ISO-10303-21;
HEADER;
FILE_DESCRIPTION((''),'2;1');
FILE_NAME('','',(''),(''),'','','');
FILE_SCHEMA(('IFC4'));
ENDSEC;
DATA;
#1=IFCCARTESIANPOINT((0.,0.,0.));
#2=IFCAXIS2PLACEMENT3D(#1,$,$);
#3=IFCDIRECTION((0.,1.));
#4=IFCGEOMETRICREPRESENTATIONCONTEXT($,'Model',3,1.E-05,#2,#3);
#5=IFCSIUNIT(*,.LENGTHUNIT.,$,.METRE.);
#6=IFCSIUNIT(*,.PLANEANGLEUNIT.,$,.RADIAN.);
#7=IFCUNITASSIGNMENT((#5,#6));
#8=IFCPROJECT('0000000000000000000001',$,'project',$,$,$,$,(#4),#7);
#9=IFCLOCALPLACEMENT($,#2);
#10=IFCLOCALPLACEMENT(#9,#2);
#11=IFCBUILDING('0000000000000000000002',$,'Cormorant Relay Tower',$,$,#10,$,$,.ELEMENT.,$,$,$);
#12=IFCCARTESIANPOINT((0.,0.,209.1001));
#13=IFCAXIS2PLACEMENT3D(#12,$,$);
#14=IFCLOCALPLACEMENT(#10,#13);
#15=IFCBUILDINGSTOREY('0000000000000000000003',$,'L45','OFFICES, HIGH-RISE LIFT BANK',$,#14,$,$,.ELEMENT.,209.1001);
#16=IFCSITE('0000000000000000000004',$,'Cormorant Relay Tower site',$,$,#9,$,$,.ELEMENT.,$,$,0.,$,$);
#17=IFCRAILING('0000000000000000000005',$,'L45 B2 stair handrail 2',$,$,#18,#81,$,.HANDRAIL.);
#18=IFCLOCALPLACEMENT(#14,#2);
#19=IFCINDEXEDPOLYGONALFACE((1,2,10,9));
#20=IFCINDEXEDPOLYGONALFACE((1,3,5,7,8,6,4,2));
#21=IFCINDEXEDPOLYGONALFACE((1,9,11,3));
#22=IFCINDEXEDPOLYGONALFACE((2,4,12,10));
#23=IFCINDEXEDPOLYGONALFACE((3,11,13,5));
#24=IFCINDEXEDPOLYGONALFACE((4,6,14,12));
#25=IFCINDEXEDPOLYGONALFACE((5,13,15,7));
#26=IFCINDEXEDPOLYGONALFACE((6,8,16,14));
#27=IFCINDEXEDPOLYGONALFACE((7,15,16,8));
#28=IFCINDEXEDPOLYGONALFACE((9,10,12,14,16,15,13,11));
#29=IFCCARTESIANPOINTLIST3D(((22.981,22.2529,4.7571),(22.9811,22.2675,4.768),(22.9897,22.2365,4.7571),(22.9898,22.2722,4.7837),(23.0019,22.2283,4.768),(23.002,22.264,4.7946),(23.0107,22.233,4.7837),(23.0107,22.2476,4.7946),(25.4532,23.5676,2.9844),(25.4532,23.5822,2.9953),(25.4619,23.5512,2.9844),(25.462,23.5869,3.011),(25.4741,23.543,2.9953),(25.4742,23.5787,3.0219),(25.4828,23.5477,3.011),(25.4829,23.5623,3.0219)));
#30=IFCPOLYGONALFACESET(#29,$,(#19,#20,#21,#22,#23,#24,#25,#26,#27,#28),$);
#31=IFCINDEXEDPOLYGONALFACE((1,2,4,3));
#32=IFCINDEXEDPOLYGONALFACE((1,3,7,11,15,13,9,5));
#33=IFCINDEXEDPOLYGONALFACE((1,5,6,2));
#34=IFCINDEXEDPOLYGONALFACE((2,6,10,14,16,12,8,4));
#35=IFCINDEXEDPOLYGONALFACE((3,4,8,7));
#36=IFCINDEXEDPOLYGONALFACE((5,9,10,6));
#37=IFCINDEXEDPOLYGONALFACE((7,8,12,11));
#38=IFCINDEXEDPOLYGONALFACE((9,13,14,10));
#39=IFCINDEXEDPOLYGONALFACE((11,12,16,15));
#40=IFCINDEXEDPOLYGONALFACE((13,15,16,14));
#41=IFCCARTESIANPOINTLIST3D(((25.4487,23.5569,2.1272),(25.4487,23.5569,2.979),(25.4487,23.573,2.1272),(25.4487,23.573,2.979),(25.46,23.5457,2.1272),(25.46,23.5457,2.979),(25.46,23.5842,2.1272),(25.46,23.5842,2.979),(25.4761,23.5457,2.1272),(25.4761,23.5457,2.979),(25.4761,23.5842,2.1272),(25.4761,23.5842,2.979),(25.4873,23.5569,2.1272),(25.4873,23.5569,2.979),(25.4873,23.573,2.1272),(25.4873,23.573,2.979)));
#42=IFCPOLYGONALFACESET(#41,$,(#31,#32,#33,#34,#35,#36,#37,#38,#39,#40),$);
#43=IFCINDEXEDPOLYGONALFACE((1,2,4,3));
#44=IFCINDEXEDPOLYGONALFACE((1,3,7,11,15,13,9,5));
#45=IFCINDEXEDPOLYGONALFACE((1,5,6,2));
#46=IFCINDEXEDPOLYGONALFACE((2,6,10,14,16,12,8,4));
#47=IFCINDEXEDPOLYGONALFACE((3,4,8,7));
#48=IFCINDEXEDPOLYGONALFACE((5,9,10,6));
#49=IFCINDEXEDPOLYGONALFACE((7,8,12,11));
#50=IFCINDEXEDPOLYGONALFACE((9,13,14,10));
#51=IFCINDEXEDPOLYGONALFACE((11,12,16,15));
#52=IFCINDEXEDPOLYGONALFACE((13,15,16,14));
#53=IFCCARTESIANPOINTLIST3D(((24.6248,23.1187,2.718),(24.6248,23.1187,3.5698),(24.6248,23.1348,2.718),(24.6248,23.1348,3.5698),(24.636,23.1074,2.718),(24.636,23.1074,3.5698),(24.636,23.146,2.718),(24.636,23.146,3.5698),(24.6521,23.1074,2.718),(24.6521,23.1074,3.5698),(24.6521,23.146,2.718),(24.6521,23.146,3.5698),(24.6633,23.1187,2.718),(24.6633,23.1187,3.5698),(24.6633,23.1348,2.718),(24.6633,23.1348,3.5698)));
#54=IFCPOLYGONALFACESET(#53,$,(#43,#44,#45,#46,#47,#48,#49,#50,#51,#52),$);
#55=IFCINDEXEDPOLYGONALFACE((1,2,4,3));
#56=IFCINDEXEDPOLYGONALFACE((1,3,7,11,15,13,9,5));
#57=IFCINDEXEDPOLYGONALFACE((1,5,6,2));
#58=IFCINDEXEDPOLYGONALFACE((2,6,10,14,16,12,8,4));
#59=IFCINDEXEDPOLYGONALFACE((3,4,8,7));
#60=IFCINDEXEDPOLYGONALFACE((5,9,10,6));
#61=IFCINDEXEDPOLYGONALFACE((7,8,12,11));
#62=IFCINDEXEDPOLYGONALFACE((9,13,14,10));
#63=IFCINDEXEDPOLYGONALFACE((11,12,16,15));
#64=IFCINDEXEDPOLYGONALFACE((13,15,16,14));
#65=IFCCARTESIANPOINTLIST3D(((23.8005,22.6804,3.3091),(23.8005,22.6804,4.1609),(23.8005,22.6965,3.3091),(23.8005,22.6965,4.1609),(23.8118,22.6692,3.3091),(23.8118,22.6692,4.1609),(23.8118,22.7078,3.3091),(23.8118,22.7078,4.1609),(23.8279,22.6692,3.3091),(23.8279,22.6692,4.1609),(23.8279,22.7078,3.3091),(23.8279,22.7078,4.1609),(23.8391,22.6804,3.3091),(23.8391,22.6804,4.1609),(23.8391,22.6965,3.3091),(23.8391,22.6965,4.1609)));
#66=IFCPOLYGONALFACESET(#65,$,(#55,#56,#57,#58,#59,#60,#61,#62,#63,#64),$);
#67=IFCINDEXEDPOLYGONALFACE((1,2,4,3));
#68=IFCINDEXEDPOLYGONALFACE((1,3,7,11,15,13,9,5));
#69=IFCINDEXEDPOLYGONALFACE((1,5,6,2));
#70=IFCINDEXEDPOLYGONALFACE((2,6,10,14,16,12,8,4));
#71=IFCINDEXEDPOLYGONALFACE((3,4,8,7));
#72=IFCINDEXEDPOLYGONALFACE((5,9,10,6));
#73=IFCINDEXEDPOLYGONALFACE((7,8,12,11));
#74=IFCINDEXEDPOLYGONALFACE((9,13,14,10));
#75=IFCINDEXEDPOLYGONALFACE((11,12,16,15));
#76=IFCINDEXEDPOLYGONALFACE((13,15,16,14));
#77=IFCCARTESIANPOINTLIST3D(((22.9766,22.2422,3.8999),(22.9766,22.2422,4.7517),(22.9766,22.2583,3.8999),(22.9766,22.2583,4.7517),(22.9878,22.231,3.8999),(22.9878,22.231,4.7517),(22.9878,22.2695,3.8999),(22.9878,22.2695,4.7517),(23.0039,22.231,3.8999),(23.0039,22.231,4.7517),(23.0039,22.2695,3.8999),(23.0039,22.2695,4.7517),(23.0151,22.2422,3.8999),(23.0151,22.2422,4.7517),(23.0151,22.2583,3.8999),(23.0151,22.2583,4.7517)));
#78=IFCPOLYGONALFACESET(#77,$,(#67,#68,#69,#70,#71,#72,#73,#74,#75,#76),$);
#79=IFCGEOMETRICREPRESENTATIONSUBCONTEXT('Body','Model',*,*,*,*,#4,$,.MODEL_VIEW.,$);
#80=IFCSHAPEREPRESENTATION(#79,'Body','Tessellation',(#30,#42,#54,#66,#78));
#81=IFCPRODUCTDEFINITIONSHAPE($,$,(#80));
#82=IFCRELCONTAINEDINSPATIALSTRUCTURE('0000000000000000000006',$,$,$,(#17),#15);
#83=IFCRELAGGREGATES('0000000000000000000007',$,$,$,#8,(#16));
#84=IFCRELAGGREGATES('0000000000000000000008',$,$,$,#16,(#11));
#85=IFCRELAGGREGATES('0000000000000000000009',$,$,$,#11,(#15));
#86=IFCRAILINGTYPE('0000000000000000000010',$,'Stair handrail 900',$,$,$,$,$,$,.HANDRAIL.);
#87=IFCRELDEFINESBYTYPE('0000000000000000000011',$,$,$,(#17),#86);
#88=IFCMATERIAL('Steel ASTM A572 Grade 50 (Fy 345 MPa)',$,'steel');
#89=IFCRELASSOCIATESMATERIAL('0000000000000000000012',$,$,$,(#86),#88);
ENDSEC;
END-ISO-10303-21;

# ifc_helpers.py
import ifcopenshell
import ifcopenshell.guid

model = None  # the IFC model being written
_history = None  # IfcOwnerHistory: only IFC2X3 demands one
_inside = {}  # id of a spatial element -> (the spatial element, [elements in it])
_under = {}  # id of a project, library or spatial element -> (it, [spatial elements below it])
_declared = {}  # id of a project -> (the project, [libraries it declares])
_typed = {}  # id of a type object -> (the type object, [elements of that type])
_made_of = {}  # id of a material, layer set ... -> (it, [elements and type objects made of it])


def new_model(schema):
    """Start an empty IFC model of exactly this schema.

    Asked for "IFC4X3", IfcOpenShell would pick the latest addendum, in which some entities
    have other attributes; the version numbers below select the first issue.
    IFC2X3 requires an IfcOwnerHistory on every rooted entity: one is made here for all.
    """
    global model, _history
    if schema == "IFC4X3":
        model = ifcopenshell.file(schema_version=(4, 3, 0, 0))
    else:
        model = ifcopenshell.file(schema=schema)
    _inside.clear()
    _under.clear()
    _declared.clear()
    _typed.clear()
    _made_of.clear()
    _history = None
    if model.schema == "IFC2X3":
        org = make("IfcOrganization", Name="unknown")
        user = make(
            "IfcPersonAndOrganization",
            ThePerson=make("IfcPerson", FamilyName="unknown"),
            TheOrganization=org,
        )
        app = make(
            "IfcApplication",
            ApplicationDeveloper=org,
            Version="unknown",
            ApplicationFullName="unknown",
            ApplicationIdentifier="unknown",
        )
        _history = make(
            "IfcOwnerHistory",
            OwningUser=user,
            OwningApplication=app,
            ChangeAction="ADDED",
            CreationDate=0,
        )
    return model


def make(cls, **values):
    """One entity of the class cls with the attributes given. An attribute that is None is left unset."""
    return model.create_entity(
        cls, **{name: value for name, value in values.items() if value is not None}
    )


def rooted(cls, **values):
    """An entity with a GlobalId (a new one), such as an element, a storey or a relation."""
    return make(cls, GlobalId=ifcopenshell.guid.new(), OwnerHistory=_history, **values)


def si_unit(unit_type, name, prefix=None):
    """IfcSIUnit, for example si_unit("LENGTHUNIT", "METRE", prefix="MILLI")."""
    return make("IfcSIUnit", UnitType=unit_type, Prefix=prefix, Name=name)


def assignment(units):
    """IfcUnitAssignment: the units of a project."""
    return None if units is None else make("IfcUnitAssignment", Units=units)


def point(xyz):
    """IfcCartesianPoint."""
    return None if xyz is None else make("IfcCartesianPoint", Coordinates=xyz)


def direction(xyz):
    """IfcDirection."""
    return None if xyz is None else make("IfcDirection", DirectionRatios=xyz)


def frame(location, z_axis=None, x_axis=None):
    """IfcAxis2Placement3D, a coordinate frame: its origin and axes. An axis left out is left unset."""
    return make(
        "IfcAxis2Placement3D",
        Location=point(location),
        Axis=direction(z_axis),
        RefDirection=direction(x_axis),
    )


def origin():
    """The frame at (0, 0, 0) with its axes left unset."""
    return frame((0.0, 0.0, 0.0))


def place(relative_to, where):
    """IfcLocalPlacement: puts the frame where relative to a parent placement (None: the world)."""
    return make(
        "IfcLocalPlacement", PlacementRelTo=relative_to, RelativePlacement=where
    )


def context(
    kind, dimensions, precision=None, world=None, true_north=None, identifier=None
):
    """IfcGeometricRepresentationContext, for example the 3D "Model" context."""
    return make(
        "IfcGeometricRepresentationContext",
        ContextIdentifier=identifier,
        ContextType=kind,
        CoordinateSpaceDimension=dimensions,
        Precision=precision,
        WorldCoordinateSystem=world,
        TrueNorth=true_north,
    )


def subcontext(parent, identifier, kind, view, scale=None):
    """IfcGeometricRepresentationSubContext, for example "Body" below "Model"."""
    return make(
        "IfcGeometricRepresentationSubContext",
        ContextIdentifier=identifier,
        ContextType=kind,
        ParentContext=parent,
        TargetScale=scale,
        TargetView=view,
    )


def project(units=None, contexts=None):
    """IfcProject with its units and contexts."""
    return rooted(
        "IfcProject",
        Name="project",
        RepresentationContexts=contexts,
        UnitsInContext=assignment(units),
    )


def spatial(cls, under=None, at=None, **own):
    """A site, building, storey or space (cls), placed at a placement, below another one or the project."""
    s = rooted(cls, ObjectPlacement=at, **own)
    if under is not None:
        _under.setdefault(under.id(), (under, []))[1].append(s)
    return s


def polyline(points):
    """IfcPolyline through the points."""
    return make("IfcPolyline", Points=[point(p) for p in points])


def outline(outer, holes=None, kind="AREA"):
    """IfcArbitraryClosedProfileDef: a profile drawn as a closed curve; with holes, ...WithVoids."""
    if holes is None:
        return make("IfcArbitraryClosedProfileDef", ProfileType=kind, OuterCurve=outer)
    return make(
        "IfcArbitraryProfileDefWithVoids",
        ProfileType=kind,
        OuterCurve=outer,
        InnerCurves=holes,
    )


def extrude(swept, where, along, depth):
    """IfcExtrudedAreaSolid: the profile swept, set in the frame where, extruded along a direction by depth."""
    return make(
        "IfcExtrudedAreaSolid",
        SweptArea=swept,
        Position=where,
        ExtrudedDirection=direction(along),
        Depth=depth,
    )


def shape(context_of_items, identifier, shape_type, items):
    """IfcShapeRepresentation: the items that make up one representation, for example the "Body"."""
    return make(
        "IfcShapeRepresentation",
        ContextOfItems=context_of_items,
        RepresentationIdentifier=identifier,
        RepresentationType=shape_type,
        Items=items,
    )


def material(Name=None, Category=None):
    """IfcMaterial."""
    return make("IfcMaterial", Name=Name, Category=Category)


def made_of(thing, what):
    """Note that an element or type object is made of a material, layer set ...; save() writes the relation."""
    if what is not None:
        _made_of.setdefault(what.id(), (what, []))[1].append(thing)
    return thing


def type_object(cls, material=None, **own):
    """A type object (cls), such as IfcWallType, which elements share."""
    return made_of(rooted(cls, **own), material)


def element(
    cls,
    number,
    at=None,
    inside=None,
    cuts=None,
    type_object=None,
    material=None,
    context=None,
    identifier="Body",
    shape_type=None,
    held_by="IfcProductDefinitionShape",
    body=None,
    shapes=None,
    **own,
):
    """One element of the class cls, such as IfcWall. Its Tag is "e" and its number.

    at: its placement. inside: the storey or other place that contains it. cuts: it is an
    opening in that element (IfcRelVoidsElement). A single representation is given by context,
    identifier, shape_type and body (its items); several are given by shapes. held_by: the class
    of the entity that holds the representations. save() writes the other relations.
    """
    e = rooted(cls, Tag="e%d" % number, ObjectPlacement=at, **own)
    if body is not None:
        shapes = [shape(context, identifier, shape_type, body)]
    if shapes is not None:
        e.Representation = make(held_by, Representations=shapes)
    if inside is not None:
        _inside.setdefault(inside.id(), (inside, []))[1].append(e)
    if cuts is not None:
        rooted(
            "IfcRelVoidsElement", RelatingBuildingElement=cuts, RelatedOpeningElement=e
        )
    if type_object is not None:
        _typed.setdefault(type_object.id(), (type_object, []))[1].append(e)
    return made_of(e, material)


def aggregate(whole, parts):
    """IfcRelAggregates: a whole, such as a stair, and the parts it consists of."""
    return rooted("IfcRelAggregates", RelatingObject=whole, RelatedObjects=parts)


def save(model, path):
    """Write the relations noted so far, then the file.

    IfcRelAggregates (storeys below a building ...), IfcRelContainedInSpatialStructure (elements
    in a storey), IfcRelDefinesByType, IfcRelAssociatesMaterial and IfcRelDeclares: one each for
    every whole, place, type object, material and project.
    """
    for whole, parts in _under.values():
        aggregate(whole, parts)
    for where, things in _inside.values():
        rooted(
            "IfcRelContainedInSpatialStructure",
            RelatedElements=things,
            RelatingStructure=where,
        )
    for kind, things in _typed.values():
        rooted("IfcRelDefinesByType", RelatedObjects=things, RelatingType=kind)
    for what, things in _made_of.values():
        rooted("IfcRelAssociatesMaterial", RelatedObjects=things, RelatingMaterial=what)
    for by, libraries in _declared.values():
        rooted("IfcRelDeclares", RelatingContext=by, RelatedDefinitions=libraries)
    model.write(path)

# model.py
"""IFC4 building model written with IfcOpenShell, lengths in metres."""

from ifc_helpers import new_model, si_unit, direction, frame, origin, place, context, subcontext, project, spatial, polyline, outline, extrude, material, type_object, element, save


model = new_model("IFC4")

# Units and contexts
model_context = context("Model", 3, precision=1e-05, world=origin(), true_north=direction((0.0, 1.0)))
body_context = subcontext(model_context, "Body", "Model", "MODEL_VIEW")
ifc_project = project(units=[si_unit("LENGTHUNIT", "METRE"), si_unit("PLANEANGLEUNIT", "RADIAN")], contexts=[model_context])

# Site, building, storey
site_placement = place(None, origin())
site = spatial("IfcSite", under=ifc_project, at=site_placement, Name="Cormorant Relay Tower site", CompositionType="ELEMENT", RefElevation=0.0)
building_placement = place(site_placement, origin())
building = spatial("IfcBuilding", under=site, at=building_placement, Name="Cormorant Relay Tower", CompositionType="ELEMENT")
storey_placement = place(building_placement, frame((0.0, 0.0, 209.1001)))
storey = spatial("IfcBuildingStorey", under=building, at=storey_placement, Name="L45", Description="OFFICES, HIGH-RISE LIFT BANK", CompositionType="ELEMENT", Elevation=209.1001)

# Railing
ifc_material_1 = material(Name="Steel ASTM A572 Grade 50 (Fy 345 MPa)", Category="steel")
railing_type = type_object("IfcRailingType", Name="Stair handrail 900", PredefinedType="HANDRAIL", material=ifc_material_1)
railing_placement = place(storey_placement, frame((25.468, 23.5649, 2.1272)))
element("IfcRailing", 1, at=railing_placement, inside=storey, type_object=railing_type, Name="L45 B2 stair handrail 2", PredefinedType="HANDRAIL", context=body_context, shape_type="SweptSolid", body=[
    extrude(outline(polyline([(0.0222, 0.0093), (0.0093, 0.0222), (-0.0093, 0.0222), (-0.0222, 0.0093), (-0.0222, -0.0093), (-0.0093, -0.0222), (0.0093, -0.0222), (0.0222, -0.0093), (0.0222, 0.0093)])), frame((0.0, 0.0, 0.876), z_axis=(-0.745979, -0.396711, 0.534916), x_axis=(0.469533, -0.882915, 0.0)), (0.0, 0.0, 1.0), 3.314),
    extrude(outline(polyline([(0.0193, 0.0081), (0.0081, 0.0193), (-0.0081, 0.0193), (-0.0193, 0.0081), (-0.0193, -0.0081), (-0.0081, -0.0193), (0.0081, -0.0193), (0.0193, -0.0081), (0.0193, 0.0081)])), origin(), (0.0, 0.0, 1.0), 0.8518),
    extrude(outline(polyline([(0.0193, 0.0081), (0.0081, 0.0193), (-0.0081, 0.0193), (-0.0193, 0.0081), (-0.0193, -0.0081), (-0.0081, -0.0193), (0.0081, -0.0193), (0.0193, -0.0081), (0.0193, 0.0081)])), frame((-0.824, -0.4382, 0.5908)), (0.0, 0.0, 1.0), 0.8518),
    extrude(outline(polyline([(0.0193, 0.0081), (0.0081, 0.0193), (-0.0081, 0.0193), (-0.0193, 0.0081), (-0.0193, -0.0081), (-0.0081, -0.0193), (0.0081, -0.0193), (0.0193, -0.0081), (0.0193, 0.0081)])), frame((-1.6482, -0.8765, 1.1819)), (0.0, 0.0, 1.0), 0.8518),
    extrude(outline(polyline([(0.0193, 0.0081), (0.0081, 0.0193), (-0.0081, 0.0193), (-0.0193, 0.0081), (-0.0193, -0.0081), (-0.0081, -0.0193), (0.0081, -0.0193), (0.0193, -0.0081), (0.0193, 0.0081)])), frame((-2.4722, -1.3147, 1.7727)), (0.0, 0.0, 1.0), 0.8518),
])

save(model, "model.ifc")
